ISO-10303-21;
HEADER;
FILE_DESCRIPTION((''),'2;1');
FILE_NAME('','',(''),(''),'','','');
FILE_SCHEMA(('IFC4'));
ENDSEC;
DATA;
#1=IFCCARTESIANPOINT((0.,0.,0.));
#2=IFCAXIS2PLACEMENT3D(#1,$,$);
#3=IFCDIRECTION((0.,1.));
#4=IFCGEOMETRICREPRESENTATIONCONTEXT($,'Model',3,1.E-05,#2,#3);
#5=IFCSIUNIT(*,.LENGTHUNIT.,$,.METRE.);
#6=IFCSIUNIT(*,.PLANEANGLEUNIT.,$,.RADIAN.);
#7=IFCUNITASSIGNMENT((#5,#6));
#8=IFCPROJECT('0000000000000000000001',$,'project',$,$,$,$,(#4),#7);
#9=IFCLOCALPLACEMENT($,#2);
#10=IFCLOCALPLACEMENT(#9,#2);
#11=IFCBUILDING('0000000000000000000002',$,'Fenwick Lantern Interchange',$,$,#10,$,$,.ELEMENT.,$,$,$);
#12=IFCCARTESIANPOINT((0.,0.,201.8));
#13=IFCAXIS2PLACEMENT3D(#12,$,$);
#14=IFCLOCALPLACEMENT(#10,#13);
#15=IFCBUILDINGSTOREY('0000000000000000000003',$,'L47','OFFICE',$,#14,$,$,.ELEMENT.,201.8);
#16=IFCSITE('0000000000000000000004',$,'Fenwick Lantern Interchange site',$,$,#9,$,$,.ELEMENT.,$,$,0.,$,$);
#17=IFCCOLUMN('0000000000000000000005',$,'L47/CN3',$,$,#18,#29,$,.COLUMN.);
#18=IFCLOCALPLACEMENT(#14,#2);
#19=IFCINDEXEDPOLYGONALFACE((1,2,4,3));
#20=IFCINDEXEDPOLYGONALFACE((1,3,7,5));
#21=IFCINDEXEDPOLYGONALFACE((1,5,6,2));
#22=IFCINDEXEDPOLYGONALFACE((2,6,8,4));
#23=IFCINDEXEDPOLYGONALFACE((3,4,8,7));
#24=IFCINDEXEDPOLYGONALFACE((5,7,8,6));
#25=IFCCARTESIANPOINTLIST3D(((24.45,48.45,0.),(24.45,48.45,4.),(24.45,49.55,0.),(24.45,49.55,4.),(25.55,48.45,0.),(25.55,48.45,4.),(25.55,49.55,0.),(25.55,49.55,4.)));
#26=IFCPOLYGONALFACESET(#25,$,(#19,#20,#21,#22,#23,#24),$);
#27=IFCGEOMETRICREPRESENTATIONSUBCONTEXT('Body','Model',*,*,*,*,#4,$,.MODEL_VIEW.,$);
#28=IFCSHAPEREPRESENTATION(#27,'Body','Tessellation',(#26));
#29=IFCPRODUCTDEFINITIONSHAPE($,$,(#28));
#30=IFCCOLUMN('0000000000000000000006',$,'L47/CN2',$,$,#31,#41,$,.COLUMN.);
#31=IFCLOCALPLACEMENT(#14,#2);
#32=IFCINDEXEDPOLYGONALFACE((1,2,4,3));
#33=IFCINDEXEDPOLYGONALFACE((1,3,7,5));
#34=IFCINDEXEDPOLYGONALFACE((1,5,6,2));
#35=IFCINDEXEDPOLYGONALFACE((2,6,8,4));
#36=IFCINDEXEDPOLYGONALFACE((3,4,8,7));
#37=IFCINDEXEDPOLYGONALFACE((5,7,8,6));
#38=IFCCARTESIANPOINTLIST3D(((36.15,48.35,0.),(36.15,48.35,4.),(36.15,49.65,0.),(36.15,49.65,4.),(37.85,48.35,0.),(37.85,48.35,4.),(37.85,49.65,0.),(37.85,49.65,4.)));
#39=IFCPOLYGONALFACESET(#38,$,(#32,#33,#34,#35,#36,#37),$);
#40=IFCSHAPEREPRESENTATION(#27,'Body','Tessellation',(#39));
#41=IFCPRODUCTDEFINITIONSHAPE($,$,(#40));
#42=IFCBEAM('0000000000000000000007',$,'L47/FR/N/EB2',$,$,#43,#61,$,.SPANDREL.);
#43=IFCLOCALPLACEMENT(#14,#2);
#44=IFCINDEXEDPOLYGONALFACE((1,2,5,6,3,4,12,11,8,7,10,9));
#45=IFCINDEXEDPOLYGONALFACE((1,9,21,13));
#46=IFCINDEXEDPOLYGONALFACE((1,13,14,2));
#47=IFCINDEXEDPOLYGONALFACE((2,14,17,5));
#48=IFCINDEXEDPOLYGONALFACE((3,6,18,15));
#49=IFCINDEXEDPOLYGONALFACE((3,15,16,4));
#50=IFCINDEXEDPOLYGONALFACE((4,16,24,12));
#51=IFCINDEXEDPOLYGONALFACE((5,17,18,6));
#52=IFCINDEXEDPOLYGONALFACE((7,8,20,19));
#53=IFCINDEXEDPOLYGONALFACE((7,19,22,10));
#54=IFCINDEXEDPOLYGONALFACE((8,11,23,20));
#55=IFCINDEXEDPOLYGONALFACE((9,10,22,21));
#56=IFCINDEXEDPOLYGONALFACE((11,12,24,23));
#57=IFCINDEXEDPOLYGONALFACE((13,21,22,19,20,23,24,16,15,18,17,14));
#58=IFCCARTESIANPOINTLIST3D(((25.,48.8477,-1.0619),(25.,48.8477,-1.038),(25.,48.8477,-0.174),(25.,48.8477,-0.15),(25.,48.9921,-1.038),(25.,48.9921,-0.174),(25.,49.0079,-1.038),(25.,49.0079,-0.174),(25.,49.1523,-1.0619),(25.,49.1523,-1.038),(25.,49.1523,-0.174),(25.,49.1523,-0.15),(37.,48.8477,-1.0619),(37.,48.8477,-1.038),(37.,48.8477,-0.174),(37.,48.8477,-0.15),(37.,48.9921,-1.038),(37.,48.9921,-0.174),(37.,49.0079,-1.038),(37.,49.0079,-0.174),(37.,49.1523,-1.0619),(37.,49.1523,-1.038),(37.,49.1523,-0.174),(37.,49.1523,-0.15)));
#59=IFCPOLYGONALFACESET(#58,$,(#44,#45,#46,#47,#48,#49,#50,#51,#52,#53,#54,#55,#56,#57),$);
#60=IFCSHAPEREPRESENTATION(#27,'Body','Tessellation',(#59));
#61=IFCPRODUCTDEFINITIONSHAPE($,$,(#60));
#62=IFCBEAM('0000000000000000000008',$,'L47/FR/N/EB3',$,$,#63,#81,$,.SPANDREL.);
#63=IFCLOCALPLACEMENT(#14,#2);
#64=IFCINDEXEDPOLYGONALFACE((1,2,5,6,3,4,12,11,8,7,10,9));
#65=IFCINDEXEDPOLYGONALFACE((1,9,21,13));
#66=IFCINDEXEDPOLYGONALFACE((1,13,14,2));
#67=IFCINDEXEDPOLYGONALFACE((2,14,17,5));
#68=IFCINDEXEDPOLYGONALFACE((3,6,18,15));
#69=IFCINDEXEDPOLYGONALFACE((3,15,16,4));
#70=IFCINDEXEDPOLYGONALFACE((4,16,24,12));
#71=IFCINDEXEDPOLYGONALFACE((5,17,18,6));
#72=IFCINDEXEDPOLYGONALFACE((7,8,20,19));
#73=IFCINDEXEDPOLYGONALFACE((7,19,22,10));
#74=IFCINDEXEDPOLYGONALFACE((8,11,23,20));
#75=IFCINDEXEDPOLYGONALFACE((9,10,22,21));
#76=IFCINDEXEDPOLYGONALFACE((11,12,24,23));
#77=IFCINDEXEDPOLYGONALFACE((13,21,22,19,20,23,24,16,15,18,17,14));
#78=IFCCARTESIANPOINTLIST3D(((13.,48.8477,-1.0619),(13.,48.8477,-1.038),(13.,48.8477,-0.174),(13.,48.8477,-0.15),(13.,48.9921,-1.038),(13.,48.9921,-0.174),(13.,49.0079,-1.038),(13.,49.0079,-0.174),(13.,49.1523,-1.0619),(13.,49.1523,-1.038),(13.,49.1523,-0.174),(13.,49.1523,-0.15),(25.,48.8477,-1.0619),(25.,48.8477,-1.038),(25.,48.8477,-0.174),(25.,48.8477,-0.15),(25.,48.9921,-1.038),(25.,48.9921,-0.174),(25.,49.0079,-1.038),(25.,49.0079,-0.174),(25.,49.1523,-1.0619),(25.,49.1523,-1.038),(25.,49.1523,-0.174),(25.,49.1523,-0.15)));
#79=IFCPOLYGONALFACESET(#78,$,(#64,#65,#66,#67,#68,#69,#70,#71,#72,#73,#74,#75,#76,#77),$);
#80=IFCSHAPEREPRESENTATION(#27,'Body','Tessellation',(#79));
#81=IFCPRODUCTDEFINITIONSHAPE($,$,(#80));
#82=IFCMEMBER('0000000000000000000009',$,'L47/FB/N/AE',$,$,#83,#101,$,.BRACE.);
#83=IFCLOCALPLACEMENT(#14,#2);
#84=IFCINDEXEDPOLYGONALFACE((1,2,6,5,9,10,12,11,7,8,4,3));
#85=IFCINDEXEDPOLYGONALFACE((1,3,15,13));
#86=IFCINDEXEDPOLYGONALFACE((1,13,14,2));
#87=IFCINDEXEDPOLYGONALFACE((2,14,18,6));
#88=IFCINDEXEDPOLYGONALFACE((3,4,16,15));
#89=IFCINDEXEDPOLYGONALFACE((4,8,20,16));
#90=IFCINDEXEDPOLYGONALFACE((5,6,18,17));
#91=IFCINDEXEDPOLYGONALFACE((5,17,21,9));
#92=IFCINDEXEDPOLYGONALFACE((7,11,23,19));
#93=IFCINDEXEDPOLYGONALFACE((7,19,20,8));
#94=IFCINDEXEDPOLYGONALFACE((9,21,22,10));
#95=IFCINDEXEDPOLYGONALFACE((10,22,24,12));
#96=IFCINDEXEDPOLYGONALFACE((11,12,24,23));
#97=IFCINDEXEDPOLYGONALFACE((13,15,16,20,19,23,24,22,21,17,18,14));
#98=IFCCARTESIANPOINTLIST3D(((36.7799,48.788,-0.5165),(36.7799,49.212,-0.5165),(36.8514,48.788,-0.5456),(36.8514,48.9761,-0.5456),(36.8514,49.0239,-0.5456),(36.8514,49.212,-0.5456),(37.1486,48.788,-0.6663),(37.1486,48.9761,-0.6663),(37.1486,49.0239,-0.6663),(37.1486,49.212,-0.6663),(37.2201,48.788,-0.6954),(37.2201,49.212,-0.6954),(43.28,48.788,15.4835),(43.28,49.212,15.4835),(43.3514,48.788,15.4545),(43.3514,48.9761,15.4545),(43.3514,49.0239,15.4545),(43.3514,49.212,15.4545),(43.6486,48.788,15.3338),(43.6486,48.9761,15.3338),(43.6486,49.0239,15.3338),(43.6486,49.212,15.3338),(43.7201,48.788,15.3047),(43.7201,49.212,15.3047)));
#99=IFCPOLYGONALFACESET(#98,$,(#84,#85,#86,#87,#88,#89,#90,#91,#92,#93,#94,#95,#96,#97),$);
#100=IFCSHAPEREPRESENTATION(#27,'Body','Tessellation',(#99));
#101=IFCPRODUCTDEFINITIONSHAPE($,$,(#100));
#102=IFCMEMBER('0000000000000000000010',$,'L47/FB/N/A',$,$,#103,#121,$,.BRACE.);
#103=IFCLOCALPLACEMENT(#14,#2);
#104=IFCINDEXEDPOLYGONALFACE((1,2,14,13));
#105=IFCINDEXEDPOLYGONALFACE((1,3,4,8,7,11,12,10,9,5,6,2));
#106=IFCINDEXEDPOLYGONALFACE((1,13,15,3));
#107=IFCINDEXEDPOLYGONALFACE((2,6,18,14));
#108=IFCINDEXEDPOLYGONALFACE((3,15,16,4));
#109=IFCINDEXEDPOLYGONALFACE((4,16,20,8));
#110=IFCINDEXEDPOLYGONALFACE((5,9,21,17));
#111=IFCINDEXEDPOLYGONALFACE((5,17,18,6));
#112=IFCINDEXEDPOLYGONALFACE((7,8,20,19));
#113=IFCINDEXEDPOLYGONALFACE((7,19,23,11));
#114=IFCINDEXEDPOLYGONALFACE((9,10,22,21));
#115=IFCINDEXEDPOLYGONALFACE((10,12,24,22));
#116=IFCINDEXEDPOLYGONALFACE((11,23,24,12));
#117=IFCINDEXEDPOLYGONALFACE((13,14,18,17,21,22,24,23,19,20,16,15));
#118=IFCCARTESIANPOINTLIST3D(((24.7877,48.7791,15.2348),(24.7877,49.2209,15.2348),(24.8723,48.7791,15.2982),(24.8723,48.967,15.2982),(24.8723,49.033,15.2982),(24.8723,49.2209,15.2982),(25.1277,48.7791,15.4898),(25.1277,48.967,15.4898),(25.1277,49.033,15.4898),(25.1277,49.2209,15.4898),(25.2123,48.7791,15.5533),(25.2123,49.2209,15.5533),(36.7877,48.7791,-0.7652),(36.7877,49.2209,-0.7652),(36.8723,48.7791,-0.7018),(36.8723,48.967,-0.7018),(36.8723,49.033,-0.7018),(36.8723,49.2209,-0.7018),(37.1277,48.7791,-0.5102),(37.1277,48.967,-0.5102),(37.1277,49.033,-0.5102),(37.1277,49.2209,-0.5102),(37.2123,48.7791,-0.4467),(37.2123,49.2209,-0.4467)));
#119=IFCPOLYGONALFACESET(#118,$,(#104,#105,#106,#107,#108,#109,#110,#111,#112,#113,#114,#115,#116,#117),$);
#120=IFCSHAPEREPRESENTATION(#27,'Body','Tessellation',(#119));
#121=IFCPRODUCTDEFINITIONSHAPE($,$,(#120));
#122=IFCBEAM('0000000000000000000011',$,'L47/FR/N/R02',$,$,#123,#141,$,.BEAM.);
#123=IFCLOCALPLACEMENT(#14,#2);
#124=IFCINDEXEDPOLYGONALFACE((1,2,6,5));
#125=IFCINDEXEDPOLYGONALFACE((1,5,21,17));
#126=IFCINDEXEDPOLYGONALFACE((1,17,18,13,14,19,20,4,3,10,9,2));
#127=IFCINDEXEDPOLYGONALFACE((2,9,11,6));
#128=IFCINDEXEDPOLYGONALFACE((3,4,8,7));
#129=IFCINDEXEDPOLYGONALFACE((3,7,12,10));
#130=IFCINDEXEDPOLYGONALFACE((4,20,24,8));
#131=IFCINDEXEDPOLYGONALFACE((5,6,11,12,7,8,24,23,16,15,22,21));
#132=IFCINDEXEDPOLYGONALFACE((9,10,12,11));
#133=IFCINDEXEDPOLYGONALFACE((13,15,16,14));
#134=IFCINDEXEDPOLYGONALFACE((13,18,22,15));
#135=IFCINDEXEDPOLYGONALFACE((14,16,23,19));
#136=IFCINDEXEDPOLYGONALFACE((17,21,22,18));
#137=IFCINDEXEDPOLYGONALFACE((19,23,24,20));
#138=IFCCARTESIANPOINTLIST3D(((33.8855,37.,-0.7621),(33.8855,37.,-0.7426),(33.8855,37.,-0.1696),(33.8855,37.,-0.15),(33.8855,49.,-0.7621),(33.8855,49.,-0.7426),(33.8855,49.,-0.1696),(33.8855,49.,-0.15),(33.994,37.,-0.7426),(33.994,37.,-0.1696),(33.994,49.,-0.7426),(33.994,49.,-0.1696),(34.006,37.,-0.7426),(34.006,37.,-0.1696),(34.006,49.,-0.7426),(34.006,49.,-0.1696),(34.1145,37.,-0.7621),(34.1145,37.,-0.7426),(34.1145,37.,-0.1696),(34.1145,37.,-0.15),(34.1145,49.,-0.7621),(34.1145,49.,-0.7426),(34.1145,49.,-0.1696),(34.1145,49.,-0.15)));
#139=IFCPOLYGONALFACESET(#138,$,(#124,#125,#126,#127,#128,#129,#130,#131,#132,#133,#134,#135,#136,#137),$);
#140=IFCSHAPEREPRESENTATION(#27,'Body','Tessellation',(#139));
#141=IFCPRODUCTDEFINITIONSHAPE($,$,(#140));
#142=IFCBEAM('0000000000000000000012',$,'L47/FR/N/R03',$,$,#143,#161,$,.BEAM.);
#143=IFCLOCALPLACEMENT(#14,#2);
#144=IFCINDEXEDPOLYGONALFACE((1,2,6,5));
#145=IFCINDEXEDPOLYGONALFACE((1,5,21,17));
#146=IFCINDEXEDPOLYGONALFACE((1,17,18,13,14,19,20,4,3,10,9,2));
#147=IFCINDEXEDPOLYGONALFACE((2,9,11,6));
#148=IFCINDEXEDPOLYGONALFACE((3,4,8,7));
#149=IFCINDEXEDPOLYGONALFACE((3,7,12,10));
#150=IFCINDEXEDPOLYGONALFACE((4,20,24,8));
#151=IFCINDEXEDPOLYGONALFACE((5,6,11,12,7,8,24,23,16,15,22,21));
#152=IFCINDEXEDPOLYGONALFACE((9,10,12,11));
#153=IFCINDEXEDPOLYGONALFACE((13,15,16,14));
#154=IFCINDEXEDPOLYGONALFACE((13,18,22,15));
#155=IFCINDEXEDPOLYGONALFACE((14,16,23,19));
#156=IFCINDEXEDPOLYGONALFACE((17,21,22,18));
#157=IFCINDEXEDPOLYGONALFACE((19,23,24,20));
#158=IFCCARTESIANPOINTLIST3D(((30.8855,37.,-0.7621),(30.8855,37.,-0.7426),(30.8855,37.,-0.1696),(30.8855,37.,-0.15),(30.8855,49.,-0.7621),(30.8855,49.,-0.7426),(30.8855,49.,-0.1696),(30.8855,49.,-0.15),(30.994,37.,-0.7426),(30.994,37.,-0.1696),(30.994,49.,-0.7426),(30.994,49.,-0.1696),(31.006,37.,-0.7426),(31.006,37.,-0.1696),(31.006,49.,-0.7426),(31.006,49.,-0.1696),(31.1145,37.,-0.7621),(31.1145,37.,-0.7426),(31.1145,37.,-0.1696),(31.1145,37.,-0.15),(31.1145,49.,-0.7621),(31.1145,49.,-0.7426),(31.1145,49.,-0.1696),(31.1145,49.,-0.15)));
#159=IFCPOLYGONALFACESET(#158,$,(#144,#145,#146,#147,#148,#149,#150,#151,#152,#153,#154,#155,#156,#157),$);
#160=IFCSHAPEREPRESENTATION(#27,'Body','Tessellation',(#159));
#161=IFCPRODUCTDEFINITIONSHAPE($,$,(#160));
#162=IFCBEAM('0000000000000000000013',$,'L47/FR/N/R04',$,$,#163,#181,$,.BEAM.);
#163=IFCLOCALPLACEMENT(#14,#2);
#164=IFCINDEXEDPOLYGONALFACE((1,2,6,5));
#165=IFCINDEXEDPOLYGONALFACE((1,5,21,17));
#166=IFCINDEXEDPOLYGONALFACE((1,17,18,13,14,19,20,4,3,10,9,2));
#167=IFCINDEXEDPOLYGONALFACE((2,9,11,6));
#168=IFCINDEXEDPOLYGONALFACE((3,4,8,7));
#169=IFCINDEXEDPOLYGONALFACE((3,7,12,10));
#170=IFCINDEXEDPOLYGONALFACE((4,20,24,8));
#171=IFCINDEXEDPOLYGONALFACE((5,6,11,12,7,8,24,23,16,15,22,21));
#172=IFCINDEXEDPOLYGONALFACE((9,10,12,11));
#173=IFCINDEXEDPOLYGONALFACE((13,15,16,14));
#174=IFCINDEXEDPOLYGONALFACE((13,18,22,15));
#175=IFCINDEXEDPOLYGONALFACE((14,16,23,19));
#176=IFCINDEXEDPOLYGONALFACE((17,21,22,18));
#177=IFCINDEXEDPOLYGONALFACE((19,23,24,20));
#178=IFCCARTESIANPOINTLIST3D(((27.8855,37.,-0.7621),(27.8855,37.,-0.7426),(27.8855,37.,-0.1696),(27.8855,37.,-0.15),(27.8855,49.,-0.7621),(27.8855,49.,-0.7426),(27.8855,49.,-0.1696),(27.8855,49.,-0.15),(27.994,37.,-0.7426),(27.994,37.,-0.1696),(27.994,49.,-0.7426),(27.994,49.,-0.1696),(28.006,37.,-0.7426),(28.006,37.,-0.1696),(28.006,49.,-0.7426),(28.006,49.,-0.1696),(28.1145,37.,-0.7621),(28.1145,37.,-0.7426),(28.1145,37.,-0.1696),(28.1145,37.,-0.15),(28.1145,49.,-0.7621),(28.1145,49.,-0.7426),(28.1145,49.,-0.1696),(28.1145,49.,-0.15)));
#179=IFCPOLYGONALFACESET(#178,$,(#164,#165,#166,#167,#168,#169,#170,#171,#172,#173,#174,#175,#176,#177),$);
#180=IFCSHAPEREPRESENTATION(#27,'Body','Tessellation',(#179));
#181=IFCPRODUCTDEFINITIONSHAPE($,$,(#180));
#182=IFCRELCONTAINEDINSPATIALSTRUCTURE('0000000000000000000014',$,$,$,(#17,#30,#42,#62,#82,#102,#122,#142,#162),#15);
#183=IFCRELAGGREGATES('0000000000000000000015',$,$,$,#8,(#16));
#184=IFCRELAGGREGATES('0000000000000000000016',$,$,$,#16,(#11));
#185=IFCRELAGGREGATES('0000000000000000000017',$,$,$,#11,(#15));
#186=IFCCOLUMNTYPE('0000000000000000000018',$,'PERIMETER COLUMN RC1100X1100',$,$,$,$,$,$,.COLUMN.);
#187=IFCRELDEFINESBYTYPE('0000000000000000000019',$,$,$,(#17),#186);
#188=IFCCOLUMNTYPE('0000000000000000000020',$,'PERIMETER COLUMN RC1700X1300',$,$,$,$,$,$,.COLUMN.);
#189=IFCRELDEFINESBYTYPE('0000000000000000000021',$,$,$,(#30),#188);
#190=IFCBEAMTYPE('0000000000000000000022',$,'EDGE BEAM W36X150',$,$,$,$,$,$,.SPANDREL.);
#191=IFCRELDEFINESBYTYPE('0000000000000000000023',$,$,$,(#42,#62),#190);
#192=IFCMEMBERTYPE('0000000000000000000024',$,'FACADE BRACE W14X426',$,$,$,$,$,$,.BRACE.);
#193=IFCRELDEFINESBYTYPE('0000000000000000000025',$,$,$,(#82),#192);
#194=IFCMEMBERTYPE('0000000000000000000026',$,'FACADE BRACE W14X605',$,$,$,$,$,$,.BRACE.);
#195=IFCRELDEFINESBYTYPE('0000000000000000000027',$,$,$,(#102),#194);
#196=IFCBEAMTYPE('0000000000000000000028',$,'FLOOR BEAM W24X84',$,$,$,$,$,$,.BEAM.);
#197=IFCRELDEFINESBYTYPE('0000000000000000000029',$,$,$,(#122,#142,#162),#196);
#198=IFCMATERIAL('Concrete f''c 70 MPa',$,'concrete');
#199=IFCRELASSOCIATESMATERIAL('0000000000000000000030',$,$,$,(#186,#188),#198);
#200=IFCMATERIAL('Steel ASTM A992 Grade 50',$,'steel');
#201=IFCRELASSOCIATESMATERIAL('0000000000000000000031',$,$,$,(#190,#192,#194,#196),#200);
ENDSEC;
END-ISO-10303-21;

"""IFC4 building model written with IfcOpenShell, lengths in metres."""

from ifc_helpers import new_model, si_unit, direction, frame, origin, origin_2d, place, context, subcontext, project, spatial, rectangle, i_section, extrude, material, material_profile, profile_set, type_object, element, save


model = new_model("IFC4")

# Units and contexts
model_context = context("Model", 3, precision=1e-05, world=origin(), true_north=direction((0.0, 1.0)))
body_context = subcontext(model_context, "Body", "Model", "MODEL_VIEW")
ifc_project = project(units=[si_unit("LENGTHUNIT", "METRE"), si_unit("PLANEANGLEUNIT", "RADIAN")], contexts=[model_context])

# Site, building, storey
site_placement = place(None, origin())
site = spatial("IfcSite", under=ifc_project, at=site_placement, Name="Fenwick Lantern Interchange site", CompositionType="ELEMENT", RefElevation=0.0)
building_placement = place(site_placement, origin())
building = spatial("IfcBuilding", under=site, at=building_placement, Name="Fenwick Lantern Interchange", CompositionType="ELEMENT")
storey_placement = place(building_placement, frame((0.0, 0.0, 201.8)))
storey = spatial("IfcBuildingStorey", under=building, at=storey_placement, Name="L47", Description="OFFICE", CompositionType="ELEMENT", Elevation=201.8)

# Columns
ifc_material_1 = material(Name="Concrete f'c 70 MPa", Category="concrete")
ifc_material_profile_1 = material_profile(ifc_material_1, rectangle(XDim=1.1001, YDim=1.1001, at=origin_2d()), Name="RC1100X1100")
ifc_profile_set_1 = profile_set([ifc_material_profile_1], Name="Concrete f'c 70 MPa")
column_type_1 = type_object("IfcColumnType", Name="PERIMETER COLUMN RC1100X1100", PredefinedType="COLUMN", material=ifc_profile_set_1)
column_1_placement = place(storey_placement, frame((25.0, 49.0, 0.0), z_axis=(0.0, 0.0, 1.0), x_axis=(1.0, 0.0, 0.0)))
element("IfcColumn", 1, at=column_1_placement, inside=storey, type_object=column_type_1, Name="L47/CN3", PredefinedType="COLUMN", context=body_context, shape_type="SweptSolid", body=[
    extrude(rectangle(XDim=1.1001, YDim=1.1001, at=origin_2d()), origin(), (0.0, 0.0, 1.0), 4.0),
])
ifc_material_profile_2 = material_profile(ifc_material_1, rectangle(XDim=1.7, YDim=1.3, at=origin_2d()), Name="RC1700X1300")
ifc_profile_set_2 = profile_set([ifc_material_profile_2], Name="Concrete f'c 70 MPa")
column_type_2 = type_object("IfcColumnType", Name="PERIMETER COLUMN RC1700X1300", PredefinedType="COLUMN", material=ifc_profile_set_2)
column_2_placement = place(storey_placement, frame((37.0, 49.0, 0.0), z_axis=(0.0, 0.0, 1.0), x_axis=(1.0, 0.0, 0.0)))
element("IfcColumn", 2, at=column_2_placement, inside=storey, type_object=column_type_2, Name="L47/CN2", PredefinedType="COLUMN", context=body_context, shape_type="SweptSolid", body=[
    extrude(rectangle(XDim=1.7, YDim=1.3, at=origin_2d()), origin(), (0.0, 0.0, 1.0), 4.0),
])

# Beams
ifc_material_2 = material(Name="Steel ASTM A992 Grade 50", Category="steel")
ifc_material_profile_3 = material_profile(ifc_material_2, i_section(OverallWidth=0.3047, OverallDepth=0.9119, WebThickness=0.0159, FlangeThickness=0.0239, at=origin_2d()), Name="W36X150")
ifc_profile_set_3 = profile_set([ifc_material_profile_3], Name="Steel ASTM A992 Grade 50")
beam_type_1 = type_object("IfcBeamType", Name="EDGE BEAM W36X150", PredefinedType="SPANDREL", material=ifc_profile_set_3)
for number, where, z_axis, x_axis, name in (
    (3, (37.0, 49.0, -0.606), (-1.0, 0.0, 0.0), (0.0, -1.0, 0.0), "L47/FR/N/EB2"),
    (4, (25.0, 49.0, -0.606), (-1.0, 0.0, 0.0), (0.0, -1.0, 0.0), "L47/FR/N/EB3"),
):
    element("IfcBeam", number, at=place(storey_placement, frame(where, z_axis=z_axis, x_axis=x_axis)), inside=storey, type_object=beam_type_1, Name=name, PredefinedType="SPANDREL", context=body_context, shape_type="SweptSolid", body=[
        extrude(i_section(OverallWidth=0.3047, OverallDepth=0.9119, WebThickness=0.0159, FlangeThickness=0.0239, at=origin_2d()), origin(), (0.0, 0.0, 1.0), 12.0),
    ])

# Members
ifc_material_profile_4 = material_profile(ifc_material_2, i_section(OverallWidth=0.4241, OverallDepth=0.4751, WebThickness=0.0479, FlangeThickness=0.0771, at=origin_2d()), Name="W14X426")
ifc_profile_set_4 = profile_set([ifc_material_profile_4], Name="Steel ASTM A992 Grade 50")
member_type_1 = type_object("IfcMemberType", Name="FACADE BRACE W14X426", PredefinedType="BRACE", material=ifc_profile_set_4)
member_1_placement = place(storey_placement, frame((37.0, 49.0, -0.606), z_axis=(0.376377, 0.0, 0.926467), x_axis=(0.0, 1.0, 0.0)))
element("IfcMember", 5, at=member_1_placement, inside=storey, type_object=member_type_1, Name="L47/FB/N/AE", PredefinedType="BRACE", context=body_context, shape_type="SweptSolid", body=[
    extrude(i_section(OverallWidth=0.4241, OverallDepth=0.4751, WebThickness=0.0479, FlangeThickness=0.0771, at=origin_2d()), origin(), (0.0, 0.0, 1.0), 17.27),
])
ifc_material_profile_5 = material_profile(ifc_material_2, i_section(OverallWidth=0.4419, OverallDepth=0.5308, WebThickness=0.0659, FlangeThickness=0.1057, at=origin_2d()), Name="W14X605")
ifc_profile_set_5 = profile_set([ifc_material_profile_5], Name="Steel ASTM A992 Grade 50")
member_type_2 = type_object("IfcMemberType", Name="FACADE BRACE W14X605", PredefinedType="BRACE", material=ifc_profile_set_5)
member_2_placement = place(storey_placement, frame((37.0, 49.0, -0.606), z_axis=(-0.6, 0.0, 0.8), x_axis=(0.0, -1.0, 0.0)))
element("IfcMember", 6, at=member_2_placement, inside=storey, type_object=member_type_2, Name="L47/FB/N/A", PredefinedType="BRACE", context=body_context, shape_type="SweptSolid", body=[
    extrude(i_section(OverallWidth=0.4419, OverallDepth=0.5308, WebThickness=0.0659, FlangeThickness=0.1057, at=origin_2d()), origin(), (0.0, 0.0, 1.0), 20.0),
])

# Beams
ifc_material_profile_6 = material_profile(ifc_material_2, i_section(OverallWidth=0.229, OverallDepth=0.6121, WebThickness=0.012, FlangeThickness=0.0195, at=origin_2d()), Name="W24X84")
ifc_profile_set_6 = profile_set([ifc_material_profile_6], Name="Steel ASTM A992 Grade 50")
beam_type_2 = type_object("IfcBeamType", Name="FLOOR BEAM W24X84", PredefinedType="BEAM", material=ifc_profile_set_6)
for number, where, z_axis, x_axis, name in (
    (7, (34.0, 49.0, -0.4561), (0.0, -1.0, 0.0), (1.0, 0.0, 0.0), "L47/FR/N/R02"),
    (8, (31.0, 49.0, -0.4561), (0.0, -1.0, 0.0), (1.0, 0.0, 0.0), "L47/FR/N/R03"),
    (9, (28.0, 49.0, -0.4561), (0.0, -1.0, 0.0), (1.0, 0.0, 0.0), "L47/FR/N/R04"),
):
    element("IfcBeam", number, at=place(storey_placement, frame(where, z_axis=z_axis, x_axis=x_axis)), inside=storey, type_object=beam_type_2, Name=name, PredefinedType="BEAM", context=body_context, shape_type="SweptSolid", body=[
        extrude(i_section(OverallWidth=0.229, OverallDepth=0.6121, WebThickness=0.012, FlangeThickness=0.0195, at=origin_2d()), origin(), (0.0, 0.0, 1.0), 12.0),
    ])

save(model, "model.ifc")
